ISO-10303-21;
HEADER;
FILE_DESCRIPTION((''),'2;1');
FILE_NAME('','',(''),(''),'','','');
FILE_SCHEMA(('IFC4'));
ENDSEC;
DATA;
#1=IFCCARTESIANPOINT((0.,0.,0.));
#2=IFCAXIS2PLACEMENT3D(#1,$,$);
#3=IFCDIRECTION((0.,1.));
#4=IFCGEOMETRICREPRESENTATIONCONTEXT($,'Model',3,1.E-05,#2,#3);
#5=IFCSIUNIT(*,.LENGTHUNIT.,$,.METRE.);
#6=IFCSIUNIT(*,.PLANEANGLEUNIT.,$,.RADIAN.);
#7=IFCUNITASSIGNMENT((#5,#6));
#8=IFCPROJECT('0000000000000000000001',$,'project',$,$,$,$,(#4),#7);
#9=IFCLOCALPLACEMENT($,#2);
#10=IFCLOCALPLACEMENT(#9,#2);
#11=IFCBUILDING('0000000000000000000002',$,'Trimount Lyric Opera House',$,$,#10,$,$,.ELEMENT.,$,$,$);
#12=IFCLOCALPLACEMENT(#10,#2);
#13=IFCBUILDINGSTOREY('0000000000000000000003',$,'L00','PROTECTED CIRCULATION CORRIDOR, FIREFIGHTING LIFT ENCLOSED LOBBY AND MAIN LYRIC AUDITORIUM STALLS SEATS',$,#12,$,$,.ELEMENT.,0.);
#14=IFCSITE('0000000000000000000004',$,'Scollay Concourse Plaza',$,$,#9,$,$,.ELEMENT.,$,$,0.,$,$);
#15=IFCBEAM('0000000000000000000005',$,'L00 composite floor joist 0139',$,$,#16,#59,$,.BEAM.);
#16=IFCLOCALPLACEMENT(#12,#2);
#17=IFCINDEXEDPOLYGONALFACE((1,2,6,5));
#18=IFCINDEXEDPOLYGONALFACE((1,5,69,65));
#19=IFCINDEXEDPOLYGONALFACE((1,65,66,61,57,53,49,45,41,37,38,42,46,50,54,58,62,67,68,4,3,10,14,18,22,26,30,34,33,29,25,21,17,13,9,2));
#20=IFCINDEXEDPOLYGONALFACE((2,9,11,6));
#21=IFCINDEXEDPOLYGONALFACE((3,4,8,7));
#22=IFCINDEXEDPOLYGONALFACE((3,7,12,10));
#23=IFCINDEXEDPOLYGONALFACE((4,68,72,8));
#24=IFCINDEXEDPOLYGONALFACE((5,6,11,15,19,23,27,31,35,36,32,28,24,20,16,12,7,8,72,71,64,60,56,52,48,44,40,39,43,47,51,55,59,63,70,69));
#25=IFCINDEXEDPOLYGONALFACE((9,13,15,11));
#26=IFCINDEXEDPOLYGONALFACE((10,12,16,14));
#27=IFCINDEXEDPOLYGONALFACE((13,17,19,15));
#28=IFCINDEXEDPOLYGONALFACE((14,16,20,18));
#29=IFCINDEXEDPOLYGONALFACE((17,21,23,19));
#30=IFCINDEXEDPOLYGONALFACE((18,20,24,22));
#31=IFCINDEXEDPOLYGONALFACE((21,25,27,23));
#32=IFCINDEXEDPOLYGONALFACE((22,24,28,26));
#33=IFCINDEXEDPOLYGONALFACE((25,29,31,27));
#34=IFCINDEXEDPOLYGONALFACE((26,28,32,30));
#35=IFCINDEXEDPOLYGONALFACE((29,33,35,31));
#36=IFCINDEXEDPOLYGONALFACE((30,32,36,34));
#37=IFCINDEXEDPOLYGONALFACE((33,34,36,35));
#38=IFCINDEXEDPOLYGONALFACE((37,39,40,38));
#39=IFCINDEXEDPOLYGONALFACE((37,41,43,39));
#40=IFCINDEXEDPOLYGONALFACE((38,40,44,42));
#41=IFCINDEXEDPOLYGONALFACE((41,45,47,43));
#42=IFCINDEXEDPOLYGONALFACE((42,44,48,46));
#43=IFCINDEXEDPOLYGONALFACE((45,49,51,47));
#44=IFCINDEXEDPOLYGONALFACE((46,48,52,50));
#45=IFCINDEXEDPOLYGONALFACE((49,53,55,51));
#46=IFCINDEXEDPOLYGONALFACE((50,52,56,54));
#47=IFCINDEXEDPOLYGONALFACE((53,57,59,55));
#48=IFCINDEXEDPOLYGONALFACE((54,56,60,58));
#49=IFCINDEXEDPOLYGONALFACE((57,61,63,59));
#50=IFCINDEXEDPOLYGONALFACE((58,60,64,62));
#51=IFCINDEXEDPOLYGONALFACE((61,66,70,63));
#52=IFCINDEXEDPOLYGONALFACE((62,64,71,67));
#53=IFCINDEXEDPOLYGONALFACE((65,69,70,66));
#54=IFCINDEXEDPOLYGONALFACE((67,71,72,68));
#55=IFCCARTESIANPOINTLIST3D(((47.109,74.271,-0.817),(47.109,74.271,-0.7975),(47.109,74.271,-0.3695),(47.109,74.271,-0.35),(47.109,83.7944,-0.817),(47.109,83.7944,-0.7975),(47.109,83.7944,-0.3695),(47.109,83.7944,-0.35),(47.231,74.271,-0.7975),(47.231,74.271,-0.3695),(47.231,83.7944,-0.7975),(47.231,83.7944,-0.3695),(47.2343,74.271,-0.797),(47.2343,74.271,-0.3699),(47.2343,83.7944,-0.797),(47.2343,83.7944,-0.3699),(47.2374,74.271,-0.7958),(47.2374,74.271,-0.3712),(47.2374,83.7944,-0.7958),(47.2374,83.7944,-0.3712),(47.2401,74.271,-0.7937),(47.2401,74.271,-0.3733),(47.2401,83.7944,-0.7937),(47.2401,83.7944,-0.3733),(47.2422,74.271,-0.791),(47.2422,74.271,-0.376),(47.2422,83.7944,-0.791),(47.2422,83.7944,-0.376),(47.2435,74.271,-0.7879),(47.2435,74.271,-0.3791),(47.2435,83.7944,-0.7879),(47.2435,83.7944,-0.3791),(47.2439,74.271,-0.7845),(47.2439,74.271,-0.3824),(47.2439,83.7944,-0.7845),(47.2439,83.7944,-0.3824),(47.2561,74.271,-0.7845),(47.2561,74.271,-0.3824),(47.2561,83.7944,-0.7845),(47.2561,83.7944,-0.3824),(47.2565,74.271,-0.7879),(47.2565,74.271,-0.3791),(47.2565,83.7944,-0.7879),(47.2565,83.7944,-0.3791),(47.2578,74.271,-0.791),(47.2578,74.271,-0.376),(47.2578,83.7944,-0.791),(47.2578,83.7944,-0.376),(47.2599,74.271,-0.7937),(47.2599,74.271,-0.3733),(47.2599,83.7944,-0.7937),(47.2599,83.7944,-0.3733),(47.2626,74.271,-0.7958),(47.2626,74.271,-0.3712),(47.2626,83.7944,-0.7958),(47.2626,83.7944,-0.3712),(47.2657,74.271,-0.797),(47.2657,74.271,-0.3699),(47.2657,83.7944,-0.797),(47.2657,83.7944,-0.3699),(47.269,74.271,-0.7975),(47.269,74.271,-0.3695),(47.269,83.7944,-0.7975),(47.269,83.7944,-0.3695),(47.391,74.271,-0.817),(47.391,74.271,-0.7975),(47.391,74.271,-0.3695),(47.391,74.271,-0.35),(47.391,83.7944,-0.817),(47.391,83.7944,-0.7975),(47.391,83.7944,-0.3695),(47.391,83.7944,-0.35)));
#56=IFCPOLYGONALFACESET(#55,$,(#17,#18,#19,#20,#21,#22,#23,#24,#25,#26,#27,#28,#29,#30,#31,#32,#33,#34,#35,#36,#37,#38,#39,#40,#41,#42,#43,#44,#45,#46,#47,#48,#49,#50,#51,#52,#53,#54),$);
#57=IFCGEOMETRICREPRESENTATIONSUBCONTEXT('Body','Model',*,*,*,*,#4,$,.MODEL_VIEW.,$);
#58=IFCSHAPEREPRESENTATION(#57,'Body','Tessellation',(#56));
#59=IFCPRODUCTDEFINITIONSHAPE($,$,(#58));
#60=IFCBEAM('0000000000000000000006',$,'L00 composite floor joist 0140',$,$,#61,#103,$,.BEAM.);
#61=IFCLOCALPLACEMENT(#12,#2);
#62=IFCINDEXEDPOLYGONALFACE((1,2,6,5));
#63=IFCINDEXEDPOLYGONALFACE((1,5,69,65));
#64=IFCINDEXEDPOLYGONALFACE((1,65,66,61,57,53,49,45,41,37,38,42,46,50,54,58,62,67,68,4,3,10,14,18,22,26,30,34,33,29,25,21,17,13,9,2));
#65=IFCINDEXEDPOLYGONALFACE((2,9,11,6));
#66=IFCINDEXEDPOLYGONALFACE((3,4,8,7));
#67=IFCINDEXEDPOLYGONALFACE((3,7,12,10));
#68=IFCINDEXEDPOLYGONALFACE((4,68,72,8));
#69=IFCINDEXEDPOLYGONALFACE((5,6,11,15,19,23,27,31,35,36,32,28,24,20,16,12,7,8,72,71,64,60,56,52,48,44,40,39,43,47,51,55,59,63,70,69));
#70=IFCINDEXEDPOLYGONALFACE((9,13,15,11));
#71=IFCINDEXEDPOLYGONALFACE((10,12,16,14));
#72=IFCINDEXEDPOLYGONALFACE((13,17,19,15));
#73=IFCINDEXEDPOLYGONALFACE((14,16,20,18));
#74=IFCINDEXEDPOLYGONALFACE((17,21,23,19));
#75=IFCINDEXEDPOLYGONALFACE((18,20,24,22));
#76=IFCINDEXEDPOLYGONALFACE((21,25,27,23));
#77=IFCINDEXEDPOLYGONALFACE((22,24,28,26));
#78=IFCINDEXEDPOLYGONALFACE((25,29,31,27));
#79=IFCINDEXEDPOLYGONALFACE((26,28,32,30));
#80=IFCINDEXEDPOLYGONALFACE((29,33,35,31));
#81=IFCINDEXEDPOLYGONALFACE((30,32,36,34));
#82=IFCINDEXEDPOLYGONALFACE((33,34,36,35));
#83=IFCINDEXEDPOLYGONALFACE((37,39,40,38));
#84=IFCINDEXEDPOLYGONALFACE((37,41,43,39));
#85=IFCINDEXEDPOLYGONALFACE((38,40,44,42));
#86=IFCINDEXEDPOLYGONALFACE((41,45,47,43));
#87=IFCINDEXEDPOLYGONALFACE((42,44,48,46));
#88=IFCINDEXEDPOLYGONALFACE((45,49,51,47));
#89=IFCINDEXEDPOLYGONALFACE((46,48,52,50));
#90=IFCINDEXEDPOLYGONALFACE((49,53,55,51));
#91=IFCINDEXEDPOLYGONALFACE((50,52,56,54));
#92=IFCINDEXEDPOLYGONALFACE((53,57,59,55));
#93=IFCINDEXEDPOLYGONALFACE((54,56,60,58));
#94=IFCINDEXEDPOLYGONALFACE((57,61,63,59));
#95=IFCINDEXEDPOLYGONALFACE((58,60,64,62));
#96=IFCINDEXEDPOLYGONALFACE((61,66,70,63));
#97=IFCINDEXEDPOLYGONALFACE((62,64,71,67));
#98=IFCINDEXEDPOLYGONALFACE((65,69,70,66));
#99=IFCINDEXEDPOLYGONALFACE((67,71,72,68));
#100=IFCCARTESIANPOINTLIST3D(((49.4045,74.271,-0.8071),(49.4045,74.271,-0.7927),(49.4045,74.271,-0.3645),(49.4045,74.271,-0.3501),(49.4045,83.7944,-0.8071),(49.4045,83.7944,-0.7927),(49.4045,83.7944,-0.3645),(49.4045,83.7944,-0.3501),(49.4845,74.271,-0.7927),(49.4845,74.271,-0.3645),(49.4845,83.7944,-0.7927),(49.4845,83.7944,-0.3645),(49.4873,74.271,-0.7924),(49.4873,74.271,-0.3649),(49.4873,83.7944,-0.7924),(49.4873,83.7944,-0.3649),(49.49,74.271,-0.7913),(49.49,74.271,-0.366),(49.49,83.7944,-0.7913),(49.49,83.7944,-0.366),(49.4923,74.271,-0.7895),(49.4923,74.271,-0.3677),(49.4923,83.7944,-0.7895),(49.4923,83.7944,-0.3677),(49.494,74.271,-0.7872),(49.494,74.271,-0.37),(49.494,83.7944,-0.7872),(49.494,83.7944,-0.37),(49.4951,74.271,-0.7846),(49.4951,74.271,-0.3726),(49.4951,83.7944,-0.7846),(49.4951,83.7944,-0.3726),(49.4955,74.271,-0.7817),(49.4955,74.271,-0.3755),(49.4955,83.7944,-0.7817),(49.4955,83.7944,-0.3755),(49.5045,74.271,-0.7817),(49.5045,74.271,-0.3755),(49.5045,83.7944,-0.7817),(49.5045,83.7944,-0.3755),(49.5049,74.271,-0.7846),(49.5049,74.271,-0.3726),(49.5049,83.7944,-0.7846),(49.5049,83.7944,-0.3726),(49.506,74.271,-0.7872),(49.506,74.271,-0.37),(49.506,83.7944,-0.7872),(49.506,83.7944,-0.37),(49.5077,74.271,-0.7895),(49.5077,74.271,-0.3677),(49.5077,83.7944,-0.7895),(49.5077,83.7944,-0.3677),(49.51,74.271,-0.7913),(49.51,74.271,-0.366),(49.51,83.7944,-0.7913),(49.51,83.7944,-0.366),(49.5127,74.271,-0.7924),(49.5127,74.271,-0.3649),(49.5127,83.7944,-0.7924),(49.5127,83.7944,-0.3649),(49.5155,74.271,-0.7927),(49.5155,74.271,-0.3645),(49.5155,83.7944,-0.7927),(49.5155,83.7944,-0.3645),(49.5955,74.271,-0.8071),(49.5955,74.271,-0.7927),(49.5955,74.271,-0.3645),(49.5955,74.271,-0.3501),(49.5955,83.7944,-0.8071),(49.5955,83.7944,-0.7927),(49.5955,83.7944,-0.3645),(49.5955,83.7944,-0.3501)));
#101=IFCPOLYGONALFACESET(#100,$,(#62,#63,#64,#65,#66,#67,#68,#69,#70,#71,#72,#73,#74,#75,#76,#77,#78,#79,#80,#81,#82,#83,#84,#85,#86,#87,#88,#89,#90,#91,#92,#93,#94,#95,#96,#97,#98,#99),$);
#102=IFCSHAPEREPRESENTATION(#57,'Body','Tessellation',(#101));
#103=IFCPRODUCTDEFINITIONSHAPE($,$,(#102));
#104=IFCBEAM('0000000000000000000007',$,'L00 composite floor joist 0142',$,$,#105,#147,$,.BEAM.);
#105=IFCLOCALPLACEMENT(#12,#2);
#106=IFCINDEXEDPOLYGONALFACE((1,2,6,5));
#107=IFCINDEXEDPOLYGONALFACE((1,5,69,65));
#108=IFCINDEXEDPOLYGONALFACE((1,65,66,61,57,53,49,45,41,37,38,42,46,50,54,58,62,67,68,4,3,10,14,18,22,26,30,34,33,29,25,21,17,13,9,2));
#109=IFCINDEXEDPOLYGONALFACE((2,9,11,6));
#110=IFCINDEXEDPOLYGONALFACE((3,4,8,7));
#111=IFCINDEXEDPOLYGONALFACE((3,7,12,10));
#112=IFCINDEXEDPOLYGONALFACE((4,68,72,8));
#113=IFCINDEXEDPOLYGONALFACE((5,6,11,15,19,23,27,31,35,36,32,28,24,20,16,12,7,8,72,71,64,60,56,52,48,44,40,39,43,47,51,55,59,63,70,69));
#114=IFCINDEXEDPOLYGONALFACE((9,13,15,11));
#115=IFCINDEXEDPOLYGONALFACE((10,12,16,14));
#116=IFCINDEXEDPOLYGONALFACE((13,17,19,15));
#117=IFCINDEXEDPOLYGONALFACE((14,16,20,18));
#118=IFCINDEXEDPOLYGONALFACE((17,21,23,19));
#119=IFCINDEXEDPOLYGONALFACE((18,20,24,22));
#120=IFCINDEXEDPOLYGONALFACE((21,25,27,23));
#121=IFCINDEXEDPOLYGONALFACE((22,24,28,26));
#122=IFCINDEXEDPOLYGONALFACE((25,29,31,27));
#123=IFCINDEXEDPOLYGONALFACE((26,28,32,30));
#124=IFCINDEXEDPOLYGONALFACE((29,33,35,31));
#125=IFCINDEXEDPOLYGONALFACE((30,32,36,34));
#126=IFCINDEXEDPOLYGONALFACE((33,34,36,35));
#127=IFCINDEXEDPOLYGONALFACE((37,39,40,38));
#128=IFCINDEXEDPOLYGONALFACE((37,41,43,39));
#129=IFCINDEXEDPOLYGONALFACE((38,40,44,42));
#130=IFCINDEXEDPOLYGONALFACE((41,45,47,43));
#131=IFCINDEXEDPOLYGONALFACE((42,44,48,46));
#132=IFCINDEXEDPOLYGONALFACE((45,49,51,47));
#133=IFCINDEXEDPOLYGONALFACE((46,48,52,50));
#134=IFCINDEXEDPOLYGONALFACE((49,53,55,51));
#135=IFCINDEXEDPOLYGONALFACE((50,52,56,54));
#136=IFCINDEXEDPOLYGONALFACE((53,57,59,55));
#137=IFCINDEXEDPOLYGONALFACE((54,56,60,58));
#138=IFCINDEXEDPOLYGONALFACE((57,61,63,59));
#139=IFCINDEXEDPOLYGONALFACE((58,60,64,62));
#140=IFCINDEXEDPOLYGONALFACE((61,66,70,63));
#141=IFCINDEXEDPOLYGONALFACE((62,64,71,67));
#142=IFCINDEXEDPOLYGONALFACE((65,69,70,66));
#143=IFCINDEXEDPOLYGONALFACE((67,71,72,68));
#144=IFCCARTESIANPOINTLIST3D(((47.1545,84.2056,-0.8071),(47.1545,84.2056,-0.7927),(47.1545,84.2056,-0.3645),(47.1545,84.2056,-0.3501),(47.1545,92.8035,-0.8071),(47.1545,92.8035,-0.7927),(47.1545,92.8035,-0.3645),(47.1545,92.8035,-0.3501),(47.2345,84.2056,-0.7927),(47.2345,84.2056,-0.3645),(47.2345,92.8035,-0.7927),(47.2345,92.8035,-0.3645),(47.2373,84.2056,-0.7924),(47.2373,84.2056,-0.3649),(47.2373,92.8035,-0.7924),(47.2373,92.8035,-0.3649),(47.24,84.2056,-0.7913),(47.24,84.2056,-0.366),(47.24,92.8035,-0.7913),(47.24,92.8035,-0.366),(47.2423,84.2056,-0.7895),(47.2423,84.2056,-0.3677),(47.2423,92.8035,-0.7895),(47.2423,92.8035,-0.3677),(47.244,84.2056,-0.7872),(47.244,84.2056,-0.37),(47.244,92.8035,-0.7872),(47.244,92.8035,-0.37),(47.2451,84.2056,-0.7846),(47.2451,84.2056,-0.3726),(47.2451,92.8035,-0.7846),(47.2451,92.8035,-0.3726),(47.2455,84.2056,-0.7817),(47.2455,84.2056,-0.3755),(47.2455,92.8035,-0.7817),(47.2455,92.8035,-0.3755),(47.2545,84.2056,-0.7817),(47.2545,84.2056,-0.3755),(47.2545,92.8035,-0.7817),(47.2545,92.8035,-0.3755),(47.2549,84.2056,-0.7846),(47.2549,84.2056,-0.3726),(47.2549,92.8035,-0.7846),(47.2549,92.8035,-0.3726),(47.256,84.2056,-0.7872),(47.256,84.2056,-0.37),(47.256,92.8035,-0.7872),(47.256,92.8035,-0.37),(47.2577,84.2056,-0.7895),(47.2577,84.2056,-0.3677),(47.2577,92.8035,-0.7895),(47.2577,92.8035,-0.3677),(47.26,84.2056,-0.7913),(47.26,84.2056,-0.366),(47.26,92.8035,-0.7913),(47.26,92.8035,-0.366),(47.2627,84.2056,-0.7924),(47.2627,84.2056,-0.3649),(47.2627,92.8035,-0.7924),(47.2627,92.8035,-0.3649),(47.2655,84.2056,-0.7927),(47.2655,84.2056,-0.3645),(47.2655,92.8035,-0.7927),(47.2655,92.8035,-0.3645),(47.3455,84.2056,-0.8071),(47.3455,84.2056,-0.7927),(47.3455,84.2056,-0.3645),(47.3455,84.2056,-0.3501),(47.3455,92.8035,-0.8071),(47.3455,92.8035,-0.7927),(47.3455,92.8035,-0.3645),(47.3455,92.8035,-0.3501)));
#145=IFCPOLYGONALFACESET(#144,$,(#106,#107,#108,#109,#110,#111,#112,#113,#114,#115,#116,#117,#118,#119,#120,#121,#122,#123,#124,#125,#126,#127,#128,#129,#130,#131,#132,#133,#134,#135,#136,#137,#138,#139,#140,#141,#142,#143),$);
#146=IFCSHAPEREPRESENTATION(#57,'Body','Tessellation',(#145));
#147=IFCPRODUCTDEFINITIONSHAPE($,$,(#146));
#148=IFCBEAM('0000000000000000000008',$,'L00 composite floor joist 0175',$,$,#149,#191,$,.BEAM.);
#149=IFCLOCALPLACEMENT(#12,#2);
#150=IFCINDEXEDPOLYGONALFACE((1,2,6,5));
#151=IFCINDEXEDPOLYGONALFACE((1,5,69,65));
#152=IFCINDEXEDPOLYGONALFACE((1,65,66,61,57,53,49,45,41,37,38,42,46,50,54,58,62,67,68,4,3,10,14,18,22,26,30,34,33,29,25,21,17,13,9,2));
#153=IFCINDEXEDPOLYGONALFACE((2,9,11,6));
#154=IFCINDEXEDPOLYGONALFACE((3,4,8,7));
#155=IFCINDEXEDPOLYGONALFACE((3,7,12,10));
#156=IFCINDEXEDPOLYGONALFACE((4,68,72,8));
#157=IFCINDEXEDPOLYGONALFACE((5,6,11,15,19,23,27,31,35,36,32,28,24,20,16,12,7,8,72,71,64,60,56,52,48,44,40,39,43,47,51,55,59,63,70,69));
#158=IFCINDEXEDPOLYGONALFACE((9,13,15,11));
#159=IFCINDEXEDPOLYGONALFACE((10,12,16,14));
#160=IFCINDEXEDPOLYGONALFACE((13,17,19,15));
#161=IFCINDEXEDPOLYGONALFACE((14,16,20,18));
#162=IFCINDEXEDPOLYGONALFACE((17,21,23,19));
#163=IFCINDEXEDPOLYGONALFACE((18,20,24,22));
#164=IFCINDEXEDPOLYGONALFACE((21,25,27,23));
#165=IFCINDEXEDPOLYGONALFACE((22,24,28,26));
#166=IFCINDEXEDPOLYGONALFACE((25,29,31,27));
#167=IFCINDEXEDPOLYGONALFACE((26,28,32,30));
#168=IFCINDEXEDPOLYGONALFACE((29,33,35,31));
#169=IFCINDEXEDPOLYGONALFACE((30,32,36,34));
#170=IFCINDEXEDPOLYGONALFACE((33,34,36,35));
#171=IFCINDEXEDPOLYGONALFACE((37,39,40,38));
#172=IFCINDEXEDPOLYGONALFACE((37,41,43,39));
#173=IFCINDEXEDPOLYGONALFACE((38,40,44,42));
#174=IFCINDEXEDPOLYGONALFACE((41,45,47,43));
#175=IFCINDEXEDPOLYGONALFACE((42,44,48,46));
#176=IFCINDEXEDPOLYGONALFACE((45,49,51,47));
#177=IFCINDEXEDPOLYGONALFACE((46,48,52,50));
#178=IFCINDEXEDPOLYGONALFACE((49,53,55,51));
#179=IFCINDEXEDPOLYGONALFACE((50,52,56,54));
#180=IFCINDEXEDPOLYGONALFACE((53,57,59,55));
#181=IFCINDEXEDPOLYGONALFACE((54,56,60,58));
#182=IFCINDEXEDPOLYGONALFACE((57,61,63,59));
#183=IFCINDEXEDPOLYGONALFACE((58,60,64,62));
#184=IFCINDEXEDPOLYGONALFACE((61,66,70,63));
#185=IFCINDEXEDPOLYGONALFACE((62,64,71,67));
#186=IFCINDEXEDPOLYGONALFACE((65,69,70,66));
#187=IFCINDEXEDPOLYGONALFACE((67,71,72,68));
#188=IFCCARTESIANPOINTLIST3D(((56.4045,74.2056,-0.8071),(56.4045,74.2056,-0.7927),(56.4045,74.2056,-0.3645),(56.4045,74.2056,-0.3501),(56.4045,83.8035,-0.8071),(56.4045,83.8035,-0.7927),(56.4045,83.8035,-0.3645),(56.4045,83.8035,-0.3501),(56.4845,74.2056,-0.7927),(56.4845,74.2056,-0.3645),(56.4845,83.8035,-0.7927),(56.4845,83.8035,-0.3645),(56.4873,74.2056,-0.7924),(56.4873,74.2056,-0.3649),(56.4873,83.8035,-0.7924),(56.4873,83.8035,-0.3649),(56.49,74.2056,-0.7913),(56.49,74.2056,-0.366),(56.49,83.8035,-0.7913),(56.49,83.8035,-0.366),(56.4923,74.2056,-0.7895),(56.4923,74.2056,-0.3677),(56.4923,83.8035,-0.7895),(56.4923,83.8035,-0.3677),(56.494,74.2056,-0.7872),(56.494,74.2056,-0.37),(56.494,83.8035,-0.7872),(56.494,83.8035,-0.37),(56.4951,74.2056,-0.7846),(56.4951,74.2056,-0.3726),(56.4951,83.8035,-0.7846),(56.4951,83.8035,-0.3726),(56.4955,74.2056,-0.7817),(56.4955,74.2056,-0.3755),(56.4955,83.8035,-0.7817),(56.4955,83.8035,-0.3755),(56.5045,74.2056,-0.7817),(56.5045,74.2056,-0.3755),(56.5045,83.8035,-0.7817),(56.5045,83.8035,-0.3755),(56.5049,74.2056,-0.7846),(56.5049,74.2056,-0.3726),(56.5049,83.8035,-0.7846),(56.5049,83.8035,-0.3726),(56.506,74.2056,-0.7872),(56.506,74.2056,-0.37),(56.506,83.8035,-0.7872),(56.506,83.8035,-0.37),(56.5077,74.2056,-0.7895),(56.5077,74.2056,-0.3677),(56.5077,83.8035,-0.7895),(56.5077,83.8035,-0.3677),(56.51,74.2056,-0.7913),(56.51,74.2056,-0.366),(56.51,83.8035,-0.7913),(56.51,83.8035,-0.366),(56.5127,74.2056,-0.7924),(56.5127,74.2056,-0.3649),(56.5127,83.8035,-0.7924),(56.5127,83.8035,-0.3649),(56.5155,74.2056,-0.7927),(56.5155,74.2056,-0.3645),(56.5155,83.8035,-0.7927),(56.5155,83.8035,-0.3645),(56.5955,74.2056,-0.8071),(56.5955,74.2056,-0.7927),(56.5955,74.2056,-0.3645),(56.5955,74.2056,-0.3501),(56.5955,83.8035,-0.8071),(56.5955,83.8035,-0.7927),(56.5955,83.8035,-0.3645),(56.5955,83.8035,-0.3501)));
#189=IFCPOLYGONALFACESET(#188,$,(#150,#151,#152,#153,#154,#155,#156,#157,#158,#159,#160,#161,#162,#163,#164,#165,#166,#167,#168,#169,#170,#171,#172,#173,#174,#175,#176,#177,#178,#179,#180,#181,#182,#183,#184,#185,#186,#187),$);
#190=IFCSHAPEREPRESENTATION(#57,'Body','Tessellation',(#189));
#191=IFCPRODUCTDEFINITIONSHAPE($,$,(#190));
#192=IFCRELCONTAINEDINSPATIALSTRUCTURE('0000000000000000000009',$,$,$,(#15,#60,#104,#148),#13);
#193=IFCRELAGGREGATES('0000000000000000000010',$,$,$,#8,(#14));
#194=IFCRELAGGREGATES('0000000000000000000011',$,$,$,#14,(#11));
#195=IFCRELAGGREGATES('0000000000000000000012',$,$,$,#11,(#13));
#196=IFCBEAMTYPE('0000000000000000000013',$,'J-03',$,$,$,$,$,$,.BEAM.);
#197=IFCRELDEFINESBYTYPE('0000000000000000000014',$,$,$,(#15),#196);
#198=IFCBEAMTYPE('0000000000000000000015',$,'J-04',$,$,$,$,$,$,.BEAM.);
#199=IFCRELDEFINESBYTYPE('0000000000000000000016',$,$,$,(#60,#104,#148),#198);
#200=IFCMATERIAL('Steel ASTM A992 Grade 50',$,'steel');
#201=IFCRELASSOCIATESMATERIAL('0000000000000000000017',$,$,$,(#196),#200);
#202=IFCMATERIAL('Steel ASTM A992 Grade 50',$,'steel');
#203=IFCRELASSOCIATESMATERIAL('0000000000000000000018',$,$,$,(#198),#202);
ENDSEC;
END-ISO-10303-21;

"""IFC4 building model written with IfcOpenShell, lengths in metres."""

from ifc_helpers import new_model, si_unit, direction, frame, origin, origin_2d, place, context, subcontext, project, spatial, i_section, extrude, material, material_profile, profile_set, type_object, element, save


model = new_model("IFC4")

# Units and contexts
model_context = context("Model", 3, precision=1e-05, world=origin(), true_north=direction((0.0, 1.0)))
body_context = subcontext(model_context, "Body", "Model", "MODEL_VIEW")
ifc_project = project(units=[si_unit("LENGTHUNIT", "METRE"), si_unit("PLANEANGLEUNIT", "RADIAN")], contexts=[model_context])

# Site, building, storey
site_placement = place(None, origin())
site = spatial("IfcSite", under=ifc_project, at=site_placement, Name="Scollay Concourse Plaza", CompositionType="ELEMENT", RefElevation=0.0)
building_placement = place(site_placement, origin())
building = spatial("IfcBuilding", under=site, at=building_placement, Name="Trimount Lyric Opera House", CompositionType="ELEMENT")
storey_placement = place(building_placement, origin())
storey = spatial("IfcBuildingStorey", under=building, at=storey_placement, Name="L00", Description="PROTECTED CIRCULATION CORRIDOR, FIREFIGHTING LIFT ENCLOSED LOBBY AND MAIN LYRIC AUDITORIUM STALLS SEATS", CompositionType="ELEMENT", Elevation=0.0)

# Beams
ifc_material_1 = material(Name="Steel ASTM A992 Grade 50", Category="steel")
ifc_material_profile_1 = material_profile(ifc_material_1, i_section(OverallWidth=0.282, OverallDepth=0.467, WebThickness=0.0122, FlangeThickness=0.0195, FilletRadius=0.0129, at=origin_2d()), Name="W18X86")
ifc_profile_set_1 = profile_set([ifc_material_profile_1], Name="Steel ASTM A992 Grade 50")
beam_type_1 = type_object("IfcBeamType", Name="J-03", PredefinedType="BEAM", material=ifc_profile_set_1)
beam_1_placement = place(storey_placement, frame((47.25, 74.271, -0.5835), z_axis=(0.0, 1.0, 0.0), x_axis=(-1.0, 0.0, 0.0)))
element("IfcBeam", 1, at=beam_1_placement, inside=storey, type_object=beam_type_1, Name="L00 composite floor joist 0139", PredefinedType="BEAM", context=body_context, shape_type="SweptSolid", body=[
    extrude(i_section(OverallWidth=0.282, OverallDepth=0.467, WebThickness=0.0122, FlangeThickness=0.0195, FilletRadius=0.0129, at=origin_2d()), origin(), (0.0, 0.0, 1.0), 9.5234),
])
ifc_material_2 = material(Name="Steel ASTM A992 Grade 50", Category="steel")
ifc_material_profile_2 = material_profile(ifc_material_2, i_section(OverallWidth=0.1909, OverallDepth=0.457, WebThickness=0.009, FlangeThickness=0.0144, FilletRadius=0.011, at=origin_2d()), Name="W18X50")
ifc_profile_set_2 = profile_set([ifc_material_profile_2], Name="Steel ASTM A992 Grade 50")
beam_type_2 = type_object("IfcBeamType", Name="J-04", PredefinedType="BEAM", material=ifc_profile_set_2)
beam_2_placement = place(storey_placement, frame((49.5, 74.271, -0.5786), z_axis=(0.0, 1.0, 0.0), x_axis=(-1.0, 0.0, 0.0)))
element("IfcBeam", 2, at=beam_2_placement, inside=storey, type_object=beam_type_2, Name="L00 composite floor joist 0140", PredefinedType="BEAM", context=body_context, shape_type="SweptSolid", body=[
    extrude(i_section(OverallWidth=0.1909, OverallDepth=0.457, WebThickness=0.009, FlangeThickness=0.0144, FilletRadius=0.011, at=origin_2d()), origin(), (0.0, 0.0, 1.0), 9.5234),
])
beam_3_placement = place(storey_placement, frame((47.25, 84.2056, -0.5786), z_axis=(0.0, 1.0, 0.0), x_axis=(-1.0, 0.0, 0.0)))
element("IfcBeam", 3, at=beam_3_placement, inside=storey, type_object=beam_type_2, Name="L00 composite floor joist 0142", PredefinedType="BEAM", context=body_context, shape_type="SweptSolid", body=[
    extrude(i_section(OverallWidth=0.1909, OverallDepth=0.457, WebThickness=0.009, FlangeThickness=0.0144, FilletRadius=0.011, at=origin_2d()), origin(), (0.0, 0.0, 1.0), 8.5979),
])
beam_4_placement = place(storey_placement, frame((56.5, 74.2056, -0.5786), z_axis=(0.0, 1.0, 0.0), x_axis=(-1.0, 0.0, 0.0)))
element("IfcBeam", 4, at=beam_4_placement, inside=storey, type_object=beam_type_2, Name="L00 composite floor joist 0175", PredefinedType="BEAM", context=body_context, shape_type="SweptSolid", body=[
    extrude(i_section(OverallWidth=0.1909, OverallDepth=0.457, WebThickness=0.009, FlangeThickness=0.0144, FilletRadius=0.011, at=origin_2d()), origin(), (0.0, 0.0, 1.0), 9.5979),
])

save(model, "model.ifc")
